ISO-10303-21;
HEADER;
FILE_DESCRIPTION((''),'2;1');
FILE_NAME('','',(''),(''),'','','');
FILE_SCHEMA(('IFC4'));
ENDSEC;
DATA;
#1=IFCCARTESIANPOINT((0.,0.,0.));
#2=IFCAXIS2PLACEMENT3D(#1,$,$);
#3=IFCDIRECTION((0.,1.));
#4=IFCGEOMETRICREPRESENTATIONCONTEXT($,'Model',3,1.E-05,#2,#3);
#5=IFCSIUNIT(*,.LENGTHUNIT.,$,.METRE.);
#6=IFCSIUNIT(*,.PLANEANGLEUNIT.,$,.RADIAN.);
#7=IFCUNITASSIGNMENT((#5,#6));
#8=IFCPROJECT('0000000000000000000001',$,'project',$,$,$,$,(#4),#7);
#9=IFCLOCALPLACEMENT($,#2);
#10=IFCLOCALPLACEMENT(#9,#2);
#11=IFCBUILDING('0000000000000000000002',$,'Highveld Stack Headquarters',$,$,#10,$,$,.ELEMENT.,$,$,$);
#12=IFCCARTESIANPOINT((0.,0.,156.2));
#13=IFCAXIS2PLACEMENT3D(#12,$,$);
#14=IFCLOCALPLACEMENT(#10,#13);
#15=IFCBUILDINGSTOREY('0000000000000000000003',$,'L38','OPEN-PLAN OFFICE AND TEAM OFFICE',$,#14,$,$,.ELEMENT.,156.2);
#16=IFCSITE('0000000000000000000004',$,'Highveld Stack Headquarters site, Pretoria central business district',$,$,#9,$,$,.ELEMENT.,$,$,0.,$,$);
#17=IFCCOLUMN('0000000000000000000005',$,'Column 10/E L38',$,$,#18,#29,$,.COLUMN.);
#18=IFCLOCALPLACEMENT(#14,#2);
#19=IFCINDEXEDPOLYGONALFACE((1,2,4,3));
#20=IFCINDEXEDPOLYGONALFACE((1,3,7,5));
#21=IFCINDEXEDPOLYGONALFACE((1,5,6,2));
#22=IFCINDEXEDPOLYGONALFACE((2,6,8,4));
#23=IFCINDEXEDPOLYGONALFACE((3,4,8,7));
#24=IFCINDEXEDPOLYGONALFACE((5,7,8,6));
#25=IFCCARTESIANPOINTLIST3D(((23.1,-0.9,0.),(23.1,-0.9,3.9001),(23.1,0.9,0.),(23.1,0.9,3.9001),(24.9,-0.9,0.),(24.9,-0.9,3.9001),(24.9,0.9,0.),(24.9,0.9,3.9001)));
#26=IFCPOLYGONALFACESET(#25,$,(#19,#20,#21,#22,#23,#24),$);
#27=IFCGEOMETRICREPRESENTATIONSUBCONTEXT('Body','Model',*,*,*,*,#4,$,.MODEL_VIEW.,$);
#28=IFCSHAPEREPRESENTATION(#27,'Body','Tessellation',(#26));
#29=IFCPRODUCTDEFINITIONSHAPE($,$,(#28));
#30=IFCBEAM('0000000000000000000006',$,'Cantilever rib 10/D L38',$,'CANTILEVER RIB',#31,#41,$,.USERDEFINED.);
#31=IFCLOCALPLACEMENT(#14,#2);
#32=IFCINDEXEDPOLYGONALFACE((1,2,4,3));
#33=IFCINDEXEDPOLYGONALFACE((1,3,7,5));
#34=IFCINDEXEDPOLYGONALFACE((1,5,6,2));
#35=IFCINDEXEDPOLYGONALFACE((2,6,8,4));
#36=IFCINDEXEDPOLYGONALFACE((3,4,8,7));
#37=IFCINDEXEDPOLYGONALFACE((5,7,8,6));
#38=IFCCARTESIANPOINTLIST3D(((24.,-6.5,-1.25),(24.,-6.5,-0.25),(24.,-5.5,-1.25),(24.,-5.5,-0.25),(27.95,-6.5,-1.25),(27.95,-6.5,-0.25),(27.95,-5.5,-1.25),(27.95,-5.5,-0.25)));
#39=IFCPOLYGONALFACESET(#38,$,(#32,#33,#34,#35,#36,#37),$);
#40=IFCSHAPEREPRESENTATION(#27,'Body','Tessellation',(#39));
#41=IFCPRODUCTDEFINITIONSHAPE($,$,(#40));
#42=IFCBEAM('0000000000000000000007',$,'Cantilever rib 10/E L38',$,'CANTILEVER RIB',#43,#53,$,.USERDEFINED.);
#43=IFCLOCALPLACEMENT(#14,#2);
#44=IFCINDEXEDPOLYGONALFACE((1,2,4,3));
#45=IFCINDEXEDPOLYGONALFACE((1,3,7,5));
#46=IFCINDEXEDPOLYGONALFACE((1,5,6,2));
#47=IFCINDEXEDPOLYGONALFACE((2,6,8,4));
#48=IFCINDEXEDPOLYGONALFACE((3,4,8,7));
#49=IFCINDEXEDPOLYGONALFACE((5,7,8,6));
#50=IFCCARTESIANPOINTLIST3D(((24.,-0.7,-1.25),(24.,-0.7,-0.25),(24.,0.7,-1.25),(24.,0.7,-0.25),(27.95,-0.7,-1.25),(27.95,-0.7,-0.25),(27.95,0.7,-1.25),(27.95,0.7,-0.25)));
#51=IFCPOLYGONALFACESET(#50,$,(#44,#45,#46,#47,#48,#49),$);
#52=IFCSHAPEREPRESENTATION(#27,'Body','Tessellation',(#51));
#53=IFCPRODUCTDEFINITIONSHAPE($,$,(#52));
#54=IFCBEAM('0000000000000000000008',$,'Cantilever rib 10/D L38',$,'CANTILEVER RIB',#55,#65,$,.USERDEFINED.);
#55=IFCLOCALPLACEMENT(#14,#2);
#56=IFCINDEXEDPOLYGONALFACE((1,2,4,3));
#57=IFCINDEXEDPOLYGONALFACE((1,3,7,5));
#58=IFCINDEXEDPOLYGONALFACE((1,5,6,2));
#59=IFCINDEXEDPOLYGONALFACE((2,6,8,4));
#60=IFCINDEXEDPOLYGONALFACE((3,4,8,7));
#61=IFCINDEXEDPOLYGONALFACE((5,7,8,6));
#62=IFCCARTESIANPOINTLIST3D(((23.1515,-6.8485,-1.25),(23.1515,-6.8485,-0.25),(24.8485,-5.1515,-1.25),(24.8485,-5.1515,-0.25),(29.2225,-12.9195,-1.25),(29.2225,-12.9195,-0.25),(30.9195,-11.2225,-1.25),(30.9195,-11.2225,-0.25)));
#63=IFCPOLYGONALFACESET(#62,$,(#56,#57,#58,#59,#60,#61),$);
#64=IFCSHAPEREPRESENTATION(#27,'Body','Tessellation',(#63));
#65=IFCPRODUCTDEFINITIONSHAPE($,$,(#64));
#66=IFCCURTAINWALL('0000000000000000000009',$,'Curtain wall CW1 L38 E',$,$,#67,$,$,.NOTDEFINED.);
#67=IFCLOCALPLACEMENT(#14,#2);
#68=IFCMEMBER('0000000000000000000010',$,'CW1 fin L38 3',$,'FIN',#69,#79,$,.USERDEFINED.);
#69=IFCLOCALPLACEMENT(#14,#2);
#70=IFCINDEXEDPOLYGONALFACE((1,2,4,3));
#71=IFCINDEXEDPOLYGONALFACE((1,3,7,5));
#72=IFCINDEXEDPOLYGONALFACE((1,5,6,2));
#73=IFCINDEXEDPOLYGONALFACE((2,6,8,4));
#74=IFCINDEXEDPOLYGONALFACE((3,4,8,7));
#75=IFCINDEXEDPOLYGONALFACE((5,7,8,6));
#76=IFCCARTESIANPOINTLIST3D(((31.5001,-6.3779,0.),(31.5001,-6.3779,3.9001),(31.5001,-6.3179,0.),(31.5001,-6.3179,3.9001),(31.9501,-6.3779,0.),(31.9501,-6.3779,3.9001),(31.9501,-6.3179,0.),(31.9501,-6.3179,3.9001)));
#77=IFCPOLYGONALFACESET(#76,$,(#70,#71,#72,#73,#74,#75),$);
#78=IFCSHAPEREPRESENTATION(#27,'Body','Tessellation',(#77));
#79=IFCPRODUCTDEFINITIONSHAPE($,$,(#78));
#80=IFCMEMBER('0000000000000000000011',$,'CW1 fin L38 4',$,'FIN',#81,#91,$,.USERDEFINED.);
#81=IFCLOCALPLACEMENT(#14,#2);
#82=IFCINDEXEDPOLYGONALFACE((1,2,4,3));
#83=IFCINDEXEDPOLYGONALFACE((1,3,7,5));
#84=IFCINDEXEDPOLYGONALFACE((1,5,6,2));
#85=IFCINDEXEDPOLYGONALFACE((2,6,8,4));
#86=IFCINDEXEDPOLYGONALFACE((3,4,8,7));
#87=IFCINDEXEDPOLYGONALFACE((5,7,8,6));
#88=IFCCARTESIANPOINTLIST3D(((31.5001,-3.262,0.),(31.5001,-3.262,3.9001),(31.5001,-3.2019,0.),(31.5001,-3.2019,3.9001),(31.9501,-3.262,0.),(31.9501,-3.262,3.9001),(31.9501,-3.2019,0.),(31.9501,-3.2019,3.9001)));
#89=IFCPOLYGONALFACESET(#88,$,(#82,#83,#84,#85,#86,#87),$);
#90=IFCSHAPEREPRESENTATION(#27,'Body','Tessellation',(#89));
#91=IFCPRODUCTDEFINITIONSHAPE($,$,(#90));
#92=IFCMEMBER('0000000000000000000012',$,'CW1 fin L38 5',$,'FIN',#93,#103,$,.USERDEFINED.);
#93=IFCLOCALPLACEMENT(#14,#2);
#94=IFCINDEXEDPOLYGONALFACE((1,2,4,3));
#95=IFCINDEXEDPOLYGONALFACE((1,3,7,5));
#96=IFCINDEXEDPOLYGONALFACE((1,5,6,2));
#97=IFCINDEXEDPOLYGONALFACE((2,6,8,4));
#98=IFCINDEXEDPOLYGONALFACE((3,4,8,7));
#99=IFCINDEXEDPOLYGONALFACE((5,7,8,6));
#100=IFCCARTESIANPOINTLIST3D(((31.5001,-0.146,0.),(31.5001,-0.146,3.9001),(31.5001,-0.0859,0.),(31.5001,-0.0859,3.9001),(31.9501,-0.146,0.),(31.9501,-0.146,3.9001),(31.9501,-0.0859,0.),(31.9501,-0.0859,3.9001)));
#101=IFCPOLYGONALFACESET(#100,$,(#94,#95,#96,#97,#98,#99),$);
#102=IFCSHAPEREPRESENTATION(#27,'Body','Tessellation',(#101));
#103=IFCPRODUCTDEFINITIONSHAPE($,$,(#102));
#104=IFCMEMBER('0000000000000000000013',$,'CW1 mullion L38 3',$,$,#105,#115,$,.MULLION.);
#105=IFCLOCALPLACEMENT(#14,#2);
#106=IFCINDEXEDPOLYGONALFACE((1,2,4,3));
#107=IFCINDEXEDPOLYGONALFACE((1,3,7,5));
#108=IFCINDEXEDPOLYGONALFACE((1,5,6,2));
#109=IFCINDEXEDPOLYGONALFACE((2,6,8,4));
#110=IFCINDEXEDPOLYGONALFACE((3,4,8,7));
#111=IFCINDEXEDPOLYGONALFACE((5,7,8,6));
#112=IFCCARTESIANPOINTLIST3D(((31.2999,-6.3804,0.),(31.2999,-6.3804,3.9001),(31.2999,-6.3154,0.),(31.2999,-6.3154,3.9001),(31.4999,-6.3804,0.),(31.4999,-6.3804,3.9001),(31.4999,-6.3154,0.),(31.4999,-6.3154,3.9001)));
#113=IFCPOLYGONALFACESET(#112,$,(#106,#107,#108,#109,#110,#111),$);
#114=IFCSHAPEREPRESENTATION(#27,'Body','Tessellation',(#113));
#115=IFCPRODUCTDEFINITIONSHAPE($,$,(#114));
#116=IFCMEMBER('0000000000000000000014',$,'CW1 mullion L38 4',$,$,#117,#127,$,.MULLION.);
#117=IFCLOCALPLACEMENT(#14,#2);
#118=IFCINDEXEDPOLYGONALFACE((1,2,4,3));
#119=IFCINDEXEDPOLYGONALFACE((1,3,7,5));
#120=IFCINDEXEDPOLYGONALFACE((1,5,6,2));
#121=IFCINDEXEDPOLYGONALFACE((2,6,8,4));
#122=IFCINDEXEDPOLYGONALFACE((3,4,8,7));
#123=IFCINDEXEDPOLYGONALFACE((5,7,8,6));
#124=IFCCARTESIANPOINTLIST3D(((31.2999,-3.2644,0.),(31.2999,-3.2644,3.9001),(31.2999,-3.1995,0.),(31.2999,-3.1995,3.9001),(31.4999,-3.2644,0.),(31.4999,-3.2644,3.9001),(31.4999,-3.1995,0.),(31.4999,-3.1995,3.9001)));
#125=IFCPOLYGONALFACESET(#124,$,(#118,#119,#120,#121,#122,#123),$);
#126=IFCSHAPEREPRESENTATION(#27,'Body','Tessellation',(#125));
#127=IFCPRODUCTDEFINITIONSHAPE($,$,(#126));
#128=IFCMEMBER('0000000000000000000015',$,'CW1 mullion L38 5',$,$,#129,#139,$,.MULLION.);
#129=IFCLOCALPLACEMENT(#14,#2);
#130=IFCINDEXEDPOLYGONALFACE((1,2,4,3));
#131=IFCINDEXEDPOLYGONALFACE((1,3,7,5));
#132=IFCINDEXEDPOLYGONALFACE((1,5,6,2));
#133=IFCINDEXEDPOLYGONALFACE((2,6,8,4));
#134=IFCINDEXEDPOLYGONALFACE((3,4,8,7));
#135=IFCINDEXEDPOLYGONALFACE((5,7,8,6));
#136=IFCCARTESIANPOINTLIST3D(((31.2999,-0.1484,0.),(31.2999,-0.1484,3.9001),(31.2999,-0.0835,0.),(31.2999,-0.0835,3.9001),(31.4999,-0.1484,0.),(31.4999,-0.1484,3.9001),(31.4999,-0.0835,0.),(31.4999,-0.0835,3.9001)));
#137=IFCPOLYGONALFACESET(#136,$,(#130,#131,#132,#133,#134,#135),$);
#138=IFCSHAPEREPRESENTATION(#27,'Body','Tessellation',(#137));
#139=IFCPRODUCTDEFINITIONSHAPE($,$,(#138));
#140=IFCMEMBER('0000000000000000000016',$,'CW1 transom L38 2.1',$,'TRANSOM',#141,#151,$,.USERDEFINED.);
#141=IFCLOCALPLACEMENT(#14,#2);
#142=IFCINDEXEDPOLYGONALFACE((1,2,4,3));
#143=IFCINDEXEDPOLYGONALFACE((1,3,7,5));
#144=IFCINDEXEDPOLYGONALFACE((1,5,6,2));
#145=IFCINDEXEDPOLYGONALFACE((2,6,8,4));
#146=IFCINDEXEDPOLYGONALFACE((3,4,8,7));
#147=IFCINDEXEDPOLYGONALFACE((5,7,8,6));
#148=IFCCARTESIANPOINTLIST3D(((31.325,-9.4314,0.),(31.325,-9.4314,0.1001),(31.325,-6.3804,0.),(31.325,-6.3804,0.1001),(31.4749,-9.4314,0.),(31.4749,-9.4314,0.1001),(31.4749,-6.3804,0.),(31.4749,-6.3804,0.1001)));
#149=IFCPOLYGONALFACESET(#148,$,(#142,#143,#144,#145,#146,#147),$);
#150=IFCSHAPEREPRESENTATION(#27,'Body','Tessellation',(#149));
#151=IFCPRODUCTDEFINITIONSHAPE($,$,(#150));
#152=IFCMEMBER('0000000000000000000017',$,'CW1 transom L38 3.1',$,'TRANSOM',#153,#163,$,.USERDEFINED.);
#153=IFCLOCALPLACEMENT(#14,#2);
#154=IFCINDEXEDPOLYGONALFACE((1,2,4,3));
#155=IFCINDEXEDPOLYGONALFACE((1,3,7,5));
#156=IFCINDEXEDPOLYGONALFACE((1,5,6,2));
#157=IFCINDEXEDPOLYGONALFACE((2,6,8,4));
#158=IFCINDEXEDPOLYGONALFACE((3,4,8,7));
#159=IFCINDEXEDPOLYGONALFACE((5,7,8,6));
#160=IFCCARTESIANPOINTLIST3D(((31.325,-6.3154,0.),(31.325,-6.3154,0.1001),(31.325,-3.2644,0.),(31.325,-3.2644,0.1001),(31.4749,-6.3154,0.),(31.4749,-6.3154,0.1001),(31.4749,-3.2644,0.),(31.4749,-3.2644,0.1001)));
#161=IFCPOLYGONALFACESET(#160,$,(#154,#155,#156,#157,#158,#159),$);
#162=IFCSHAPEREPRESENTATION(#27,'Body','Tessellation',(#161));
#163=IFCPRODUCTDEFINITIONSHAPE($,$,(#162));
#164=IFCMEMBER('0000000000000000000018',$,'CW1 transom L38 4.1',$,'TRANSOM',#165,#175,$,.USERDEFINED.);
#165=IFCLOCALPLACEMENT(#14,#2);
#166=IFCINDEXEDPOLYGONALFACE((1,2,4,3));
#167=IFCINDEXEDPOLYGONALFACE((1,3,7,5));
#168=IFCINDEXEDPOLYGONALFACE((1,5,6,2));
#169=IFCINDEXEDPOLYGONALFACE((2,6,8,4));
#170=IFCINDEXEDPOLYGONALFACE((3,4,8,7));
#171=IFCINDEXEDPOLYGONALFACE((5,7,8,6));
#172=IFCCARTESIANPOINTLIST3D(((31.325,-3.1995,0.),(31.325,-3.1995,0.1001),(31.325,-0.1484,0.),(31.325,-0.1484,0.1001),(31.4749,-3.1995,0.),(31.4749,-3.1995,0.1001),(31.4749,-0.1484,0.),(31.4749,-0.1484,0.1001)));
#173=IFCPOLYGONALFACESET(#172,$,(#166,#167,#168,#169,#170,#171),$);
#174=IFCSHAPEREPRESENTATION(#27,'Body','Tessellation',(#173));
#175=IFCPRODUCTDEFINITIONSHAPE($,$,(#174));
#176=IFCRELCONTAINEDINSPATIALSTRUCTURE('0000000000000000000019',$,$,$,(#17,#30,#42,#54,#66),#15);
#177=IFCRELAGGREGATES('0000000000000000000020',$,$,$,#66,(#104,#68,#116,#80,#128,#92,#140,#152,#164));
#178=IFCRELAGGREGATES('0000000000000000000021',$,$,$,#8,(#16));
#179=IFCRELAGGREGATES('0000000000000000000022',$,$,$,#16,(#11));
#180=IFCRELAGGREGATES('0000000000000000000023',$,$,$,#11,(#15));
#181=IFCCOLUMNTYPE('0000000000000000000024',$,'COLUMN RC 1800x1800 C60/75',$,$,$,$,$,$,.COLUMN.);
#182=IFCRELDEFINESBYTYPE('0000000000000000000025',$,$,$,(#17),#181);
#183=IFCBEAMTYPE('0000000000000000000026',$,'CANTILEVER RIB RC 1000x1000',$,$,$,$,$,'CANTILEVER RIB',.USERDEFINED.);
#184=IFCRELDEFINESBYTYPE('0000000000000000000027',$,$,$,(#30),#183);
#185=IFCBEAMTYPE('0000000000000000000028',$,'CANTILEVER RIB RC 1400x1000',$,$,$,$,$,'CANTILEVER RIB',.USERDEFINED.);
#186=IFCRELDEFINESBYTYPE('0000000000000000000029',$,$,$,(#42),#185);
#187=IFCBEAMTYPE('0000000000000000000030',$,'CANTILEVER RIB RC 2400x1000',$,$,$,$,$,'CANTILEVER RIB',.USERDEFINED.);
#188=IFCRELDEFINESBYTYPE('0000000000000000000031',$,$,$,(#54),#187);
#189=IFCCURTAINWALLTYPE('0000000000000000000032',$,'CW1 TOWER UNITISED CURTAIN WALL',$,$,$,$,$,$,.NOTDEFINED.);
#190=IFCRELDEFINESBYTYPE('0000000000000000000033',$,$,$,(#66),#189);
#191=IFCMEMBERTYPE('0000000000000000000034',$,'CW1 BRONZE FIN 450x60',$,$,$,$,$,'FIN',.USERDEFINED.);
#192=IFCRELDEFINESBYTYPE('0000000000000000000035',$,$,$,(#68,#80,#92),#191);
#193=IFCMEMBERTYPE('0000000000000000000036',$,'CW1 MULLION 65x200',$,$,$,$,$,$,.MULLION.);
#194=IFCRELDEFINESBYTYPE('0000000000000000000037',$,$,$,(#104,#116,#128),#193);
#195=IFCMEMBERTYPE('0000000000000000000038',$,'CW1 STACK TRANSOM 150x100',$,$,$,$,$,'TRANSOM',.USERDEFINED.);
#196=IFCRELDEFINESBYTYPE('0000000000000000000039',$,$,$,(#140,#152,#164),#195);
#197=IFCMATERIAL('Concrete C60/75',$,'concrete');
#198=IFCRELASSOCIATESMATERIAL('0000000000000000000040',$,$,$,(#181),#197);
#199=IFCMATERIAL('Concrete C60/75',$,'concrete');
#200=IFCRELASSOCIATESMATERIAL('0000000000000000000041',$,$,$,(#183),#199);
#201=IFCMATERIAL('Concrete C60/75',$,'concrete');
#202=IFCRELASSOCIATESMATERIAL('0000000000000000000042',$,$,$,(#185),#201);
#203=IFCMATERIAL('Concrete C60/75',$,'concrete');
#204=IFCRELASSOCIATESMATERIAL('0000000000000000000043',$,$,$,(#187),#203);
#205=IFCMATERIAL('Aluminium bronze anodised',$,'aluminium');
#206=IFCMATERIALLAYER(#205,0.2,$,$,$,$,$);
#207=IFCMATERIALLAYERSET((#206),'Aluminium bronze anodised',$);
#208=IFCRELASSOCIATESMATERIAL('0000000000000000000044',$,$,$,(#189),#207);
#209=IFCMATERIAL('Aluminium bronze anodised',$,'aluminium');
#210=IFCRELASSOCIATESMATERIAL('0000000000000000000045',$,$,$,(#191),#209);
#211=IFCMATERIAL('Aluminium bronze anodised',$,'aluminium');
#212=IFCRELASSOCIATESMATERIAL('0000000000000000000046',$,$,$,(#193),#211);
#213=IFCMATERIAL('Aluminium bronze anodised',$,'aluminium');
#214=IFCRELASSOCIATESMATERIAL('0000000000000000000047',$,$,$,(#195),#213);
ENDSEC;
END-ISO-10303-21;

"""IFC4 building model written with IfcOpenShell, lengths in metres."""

from ifc_helpers import new_model, si_unit, direction, frame, origin, origin_2d, place, context, subcontext, project, spatial, rectangle, extrude, material, layer, layer_set, material_profile, profile_set, type_object, element, aggregate, save


model = new_model("IFC4")

# Units and contexts
model_context = context("Model", 3, precision=1e-05, world=origin(), true_north=direction((0.0, 1.0)))
body_context = subcontext(model_context, "Body", "Model", "MODEL_VIEW")
ifc_project = project(units=[si_unit("LENGTHUNIT", "METRE"), si_unit("PLANEANGLEUNIT", "RADIAN")], contexts=[model_context])

# Site, building, storey
site_placement = place(None, origin())
site = spatial("IfcSite", under=ifc_project, at=site_placement, Name="Highveld Stack Headquarters site, Pretoria central business district", CompositionType="ELEMENT", RefElevation=0.0)
building_placement = place(site_placement, origin())
building = spatial("IfcBuilding", under=site, at=building_placement, Name="Highveld Stack Headquarters", CompositionType="ELEMENT")
storey_placement = place(building_placement, frame((0.0, 0.0, 156.2)))
storey = spatial("IfcBuildingStorey", under=building, at=storey_placement, Name="L38", Description="OPEN-PLAN OFFICE AND TEAM OFFICE", CompositionType="ELEMENT", Elevation=156.2)

# Column
ifc_material_1 = material(Name="Concrete C60/75", Category="concrete")
ifc_material_profile_1 = material_profile(ifc_material_1, rectangle(XDim=1.8, YDim=1.8, at=origin_2d()), Name="RC 1800x1800")
ifc_profile_set_1 = profile_set([ifc_material_profile_1], Name="Concrete C60/75")
column_type = type_object("IfcColumnType", Name="COLUMN RC 1800x1800 C60/75", PredefinedType="COLUMN", material=ifc_profile_set_1)
column_placement = place(storey_placement, frame((24.0, 0.0, 0.0), z_axis=(0.0, 0.0, 1.0), x_axis=(1.0, 0.0, 0.0)))
element("IfcColumn", 1, at=column_placement, inside=storey, type_object=column_type, Name="Column 10/E L38", PredefinedType="COLUMN", context=body_context, shape_type="SweptSolid", body=[
    extrude(rectangle(XDim=1.8, YDim=1.8, at=origin_2d()), origin(), (0.0, 0.0, 1.0), 3.9001),
])

# Beams
ifc_material_2 = material(Name="Concrete C60/75", Category="concrete")
ifc_material_profile_2 = material_profile(ifc_material_2, rectangle(XDim=1.0, YDim=1.0, at=origin_2d()), Name="RC 1000x1000")
ifc_profile_set_2 = profile_set([ifc_material_profile_2], Name="Concrete C60/75")
beam_type_1 = type_object("IfcBeamType", Name="CANTILEVER RIB RC 1000x1000", ElementType="CANTILEVER RIB", PredefinedType="USERDEFINED", material=ifc_profile_set_2)
beam_1_placement = place(storey_placement, frame((24.0, -6.0, -0.75), z_axis=(1.0, 0.0, 0.0), x_axis=(0.0, 1.0, 0.0)))
element("IfcBeam", 2, at=beam_1_placement, inside=storey, type_object=beam_type_1, Name="Cantilever rib 10/D L38", ObjectType="CANTILEVER RIB", PredefinedType="USERDEFINED", context=body_context, shape_type="SweptSolid", body=[
    extrude(rectangle(XDim=1.0, YDim=1.0, at=origin_2d()), origin(), (0.0, 0.0, 1.0), 3.95),
])
ifc_material_3 = material(Name="Concrete C60/75", Category="concrete")
ifc_material_profile_3 = material_profile(ifc_material_3, rectangle(XDim=1.3999, YDim=1.0, at=origin_2d()), Name="RC 1400x1000")
ifc_profile_set_3 = profile_set([ifc_material_profile_3], Name="Concrete C60/75")
beam_type_2 = type_object("IfcBeamType", Name="CANTILEVER RIB RC 1400x1000", ElementType="CANTILEVER RIB", PredefinedType="USERDEFINED", material=ifc_profile_set_3)
beam_2_placement = place(storey_placement, frame((24.0, 0.0, -0.75), z_axis=(1.0, 0.0, 0.0), x_axis=(0.0, 1.0, 0.0)))
element("IfcBeam", 3, at=beam_2_placement, inside=storey, type_object=beam_type_2, Name="Cantilever rib 10/E L38", ObjectType="CANTILEVER RIB", PredefinedType="USERDEFINED", context=body_context, shape_type="SweptSolid", body=[
    extrude(rectangle(XDim=1.3999, YDim=1.0, at=origin_2d()), origin(), (0.0, 0.0, 1.0), 3.95),
])
ifc_material_4 = material(Name="Concrete C60/75", Category="concrete")
ifc_material_profile_4 = material_profile(ifc_material_4, rectangle(XDim=2.3999, YDim=1.0, at=origin_2d()), Name="RC 2400x1000")
ifc_profile_set_4 = profile_set([ifc_material_profile_4], Name="Concrete C60/75")
beam_type_3 = type_object("IfcBeamType", Name="CANTILEVER RIB RC 2400x1000", ElementType="CANTILEVER RIB", PredefinedType="USERDEFINED", material=ifc_profile_set_4)
beam_3_placement = place(storey_placement, frame((24.0, -6.0, -0.75), z_axis=(0.707107, -0.707107, 0.0), x_axis=(0.707107, 0.707107, 0.0)))
element("IfcBeam", 4, at=beam_3_placement, inside=storey, type_object=beam_type_3, Name="Cantilever rib 10/D L38", ObjectType="CANTILEVER RIB", PredefinedType="USERDEFINED", context=body_context, shape_type="SweptSolid", body=[
    extrude(rectangle(XDim=2.3999, YDim=1.0, at=origin_2d()), origin(), (0.0, 0.0, 1.0), 8.5857),
])

# Curtain wall, members
ifc_material_5 = material(Name="Aluminium bronze anodised", Category="aluminium")
ifc_layer_1 = layer(ifc_material_5, 0.2)
ifc_layer_set_1 = layer_set([ifc_layer_1], Name="Aluminium bronze anodised")
curtain_wall_type = type_object("IfcCurtainWallType", Name="CW1 TOWER UNITISED CURTAIN WALL", PredefinedType="NOTDEFINED", material=ifc_layer_set_1)
curtain_wall_placement = place(storey_placement, origin())
curtain_wall = element("IfcCurtainWall", 5, at=curtain_wall_placement, inside=storey, type_object=curtain_wall_type, Name="Curtain wall CW1 L38 E", PredefinedType="NOTDEFINED")
ifc_material_6 = material(Name="Aluminium bronze anodised", Category="aluminium")
ifc_material_profile_5 = material_profile(ifc_material_6, rectangle(XDim=0.45, YDim=0.0601, at=origin_2d()), Name="FIN 450x60")
ifc_profile_set_5 = profile_set([ifc_material_profile_5], Name="Aluminium bronze anodised")
member_type_1 = type_object("IfcMemberType", Name="CW1 BRONZE FIN 450x60", ElementType="FIN", PredefinedType="USERDEFINED", material=ifc_profile_set_5)
member_1_placement = place(storey_placement, frame((31.7251, -6.3479, 0.0), z_axis=(0.0, 0.0, 1.0), x_axis=(-1.0, 0.0, 0.0)))
member_1 = element("IfcMember", 6, at=member_1_placement, type_object=member_type_1, Name="CW1 fin L38 3", ObjectType="FIN", PredefinedType="USERDEFINED", context=body_context, shape_type="SweptSolid", body=[
    extrude(rectangle(XDim=0.45, YDim=0.0601, at=origin_2d()), origin(), (0.0, 0.0, 1.0), 3.9001),
])
member_2_placement = place(storey_placement, frame((31.7251, -3.2319, 0.0), z_axis=(0.0, 0.0, 1.0), x_axis=(-1.0, 0.0, 0.0)))
member_2 = element("IfcMember", 7, at=member_2_placement, type_object=member_type_1, Name="CW1 fin L38 4", ObjectType="FIN", PredefinedType="USERDEFINED", context=body_context, shape_type="SweptSolid", body=[
    extrude(rectangle(XDim=0.45, YDim=0.0601, at=origin_2d()), origin(), (0.0, 0.0, 1.0), 3.9001),
])
member_3_placement = place(storey_placement, frame((31.7251, -0.116, 0.0), z_axis=(0.0, 0.0, 1.0), x_axis=(-1.0, 0.0, 0.0)))
member_3 = element("IfcMember", 8, at=member_3_placement, type_object=member_type_1, Name="CW1 fin L38 5", ObjectType="FIN", PredefinedType="USERDEFINED", context=body_context, shape_type="SweptSolid", body=[
    extrude(rectangle(XDim=0.45, YDim=0.0601, at=origin_2d()), origin(), (0.0, 0.0, 1.0), 3.9001),
])
ifc_material_7 = material(Name="Aluminium bronze anodised", Category="aluminium")
ifc_material_profile_6 = material_profile(ifc_material_7, rectangle(XDim=0.2, YDim=0.0649, at=origin_2d()), Name="CW1 MULLION 65x200")
ifc_profile_set_6 = profile_set([ifc_material_profile_6], Name="Aluminium bronze anodised")
member_type_2 = type_object("IfcMemberType", Name="CW1 MULLION 65x200", PredefinedType="MULLION", material=ifc_profile_set_6)
member_4_placement = place(storey_placement, frame((31.3999, -6.3479, 0.0), z_axis=(0.0, 0.0, 1.0), x_axis=(-1.0, 0.0, 0.0)))
member_4 = element("IfcMember", 9, at=member_4_placement, type_object=member_type_2, Name="CW1 mullion L38 3", PredefinedType="MULLION", context=body_context, shape_type="SweptSolid", body=[
    extrude(rectangle(XDim=0.2, YDim=0.0649, at=origin_2d()), origin(), (0.0, 0.0, 1.0), 3.9001),
])
member_5_placement = place(storey_placement, frame((31.3999, -3.2319, 0.0), z_axis=(0.0, 0.0, 1.0), x_axis=(-1.0, 0.0, 0.0)))
member_5 = element("IfcMember", 10, at=member_5_placement, type_object=member_type_2, Name="CW1 mullion L38 4", PredefinedType="MULLION", context=body_context, shape_type="SweptSolid", body=[
    extrude(rectangle(XDim=0.2, YDim=0.0649, at=origin_2d()), origin(), (0.0, 0.0, 1.0), 3.9001),
])
member_6_placement = place(storey_placement, frame((31.3999, -0.116, 0.0), z_axis=(0.0, 0.0, 1.0), x_axis=(-1.0, 0.0, 0.0)))
member_6 = element("IfcMember", 11, at=member_6_placement, type_object=member_type_2, Name="CW1 mullion L38 5", PredefinedType="MULLION", context=body_context, shape_type="SweptSolid", body=[
    extrude(rectangle(XDim=0.2, YDim=0.0649, at=origin_2d()), origin(), (0.0, 0.0, 1.0), 3.9001),
])
ifc_material_8 = material(Name="Aluminium bronze anodised", Category="aluminium")
ifc_material_profile_7 = material_profile(ifc_material_8, rectangle(XDim=0.1499, YDim=0.1001, at=origin_2d()), Name="CW1 TRANSOM 150x100")
ifc_profile_set_7 = profile_set([ifc_material_profile_7], Name="Aluminium bronze anodised")
member_type_3 = type_object("IfcMemberType", Name="CW1 STACK TRANSOM 150x100", ElementType="TRANSOM", PredefinedType="USERDEFINED", material=ifc_profile_set_7)
member_7_placement = place(storey_placement, frame((31.3999, -9.4314, 0.05), z_axis=(0.0, 1.0, 0.0), x_axis=(-1.0, 0.0, 0.0)))
member_7 = element("IfcMember", 12, at=member_7_placement, type_object=member_type_3, Name="CW1 transom L38 2.1", ObjectType="TRANSOM", PredefinedType="USERDEFINED", context=body_context, shape_type="SweptSolid", body=[
    extrude(rectangle(XDim=0.1499, YDim=0.1001, at=origin_2d()), origin(), (0.0, 0.0, 1.0), 3.051),
])
member_8_placement = place(storey_placement, frame((31.3999, -6.3154, 0.05), z_axis=(0.0, 1.0, 0.0), x_axis=(-1.0, 0.0, 0.0)))
member_8 = element("IfcMember", 13, at=member_8_placement, type_object=member_type_3, Name="CW1 transom L38 3.1", ObjectType="TRANSOM", PredefinedType="USERDEFINED", context=body_context, shape_type="SweptSolid", body=[
    extrude(rectangle(XDim=0.1499, YDim=0.1001, at=origin_2d()), origin(), (0.0, 0.0, 1.0), 3.051),
])
member_9_placement = place(storey_placement, frame((31.3999, -3.1995, 0.05), z_axis=(0.0, 1.0, 0.0), x_axis=(-1.0, 0.0, 0.0)))
member_9 = element("IfcMember", 14, at=member_9_placement, type_object=member_type_3, Name="CW1 transom L38 4.1", ObjectType="TRANSOM", PredefinedType="USERDEFINED", context=body_context, shape_type="SweptSolid", body=[
    extrude(rectangle(XDim=0.1499, YDim=0.1001, at=origin_2d()), origin(), (0.0, 0.0, 1.0), 3.051),
])

aggregate(curtain_wall, [member_4, member_1, member_5, member_2, member_6, member_3, member_7, member_8, member_9])

save(model, "model.ifc")
